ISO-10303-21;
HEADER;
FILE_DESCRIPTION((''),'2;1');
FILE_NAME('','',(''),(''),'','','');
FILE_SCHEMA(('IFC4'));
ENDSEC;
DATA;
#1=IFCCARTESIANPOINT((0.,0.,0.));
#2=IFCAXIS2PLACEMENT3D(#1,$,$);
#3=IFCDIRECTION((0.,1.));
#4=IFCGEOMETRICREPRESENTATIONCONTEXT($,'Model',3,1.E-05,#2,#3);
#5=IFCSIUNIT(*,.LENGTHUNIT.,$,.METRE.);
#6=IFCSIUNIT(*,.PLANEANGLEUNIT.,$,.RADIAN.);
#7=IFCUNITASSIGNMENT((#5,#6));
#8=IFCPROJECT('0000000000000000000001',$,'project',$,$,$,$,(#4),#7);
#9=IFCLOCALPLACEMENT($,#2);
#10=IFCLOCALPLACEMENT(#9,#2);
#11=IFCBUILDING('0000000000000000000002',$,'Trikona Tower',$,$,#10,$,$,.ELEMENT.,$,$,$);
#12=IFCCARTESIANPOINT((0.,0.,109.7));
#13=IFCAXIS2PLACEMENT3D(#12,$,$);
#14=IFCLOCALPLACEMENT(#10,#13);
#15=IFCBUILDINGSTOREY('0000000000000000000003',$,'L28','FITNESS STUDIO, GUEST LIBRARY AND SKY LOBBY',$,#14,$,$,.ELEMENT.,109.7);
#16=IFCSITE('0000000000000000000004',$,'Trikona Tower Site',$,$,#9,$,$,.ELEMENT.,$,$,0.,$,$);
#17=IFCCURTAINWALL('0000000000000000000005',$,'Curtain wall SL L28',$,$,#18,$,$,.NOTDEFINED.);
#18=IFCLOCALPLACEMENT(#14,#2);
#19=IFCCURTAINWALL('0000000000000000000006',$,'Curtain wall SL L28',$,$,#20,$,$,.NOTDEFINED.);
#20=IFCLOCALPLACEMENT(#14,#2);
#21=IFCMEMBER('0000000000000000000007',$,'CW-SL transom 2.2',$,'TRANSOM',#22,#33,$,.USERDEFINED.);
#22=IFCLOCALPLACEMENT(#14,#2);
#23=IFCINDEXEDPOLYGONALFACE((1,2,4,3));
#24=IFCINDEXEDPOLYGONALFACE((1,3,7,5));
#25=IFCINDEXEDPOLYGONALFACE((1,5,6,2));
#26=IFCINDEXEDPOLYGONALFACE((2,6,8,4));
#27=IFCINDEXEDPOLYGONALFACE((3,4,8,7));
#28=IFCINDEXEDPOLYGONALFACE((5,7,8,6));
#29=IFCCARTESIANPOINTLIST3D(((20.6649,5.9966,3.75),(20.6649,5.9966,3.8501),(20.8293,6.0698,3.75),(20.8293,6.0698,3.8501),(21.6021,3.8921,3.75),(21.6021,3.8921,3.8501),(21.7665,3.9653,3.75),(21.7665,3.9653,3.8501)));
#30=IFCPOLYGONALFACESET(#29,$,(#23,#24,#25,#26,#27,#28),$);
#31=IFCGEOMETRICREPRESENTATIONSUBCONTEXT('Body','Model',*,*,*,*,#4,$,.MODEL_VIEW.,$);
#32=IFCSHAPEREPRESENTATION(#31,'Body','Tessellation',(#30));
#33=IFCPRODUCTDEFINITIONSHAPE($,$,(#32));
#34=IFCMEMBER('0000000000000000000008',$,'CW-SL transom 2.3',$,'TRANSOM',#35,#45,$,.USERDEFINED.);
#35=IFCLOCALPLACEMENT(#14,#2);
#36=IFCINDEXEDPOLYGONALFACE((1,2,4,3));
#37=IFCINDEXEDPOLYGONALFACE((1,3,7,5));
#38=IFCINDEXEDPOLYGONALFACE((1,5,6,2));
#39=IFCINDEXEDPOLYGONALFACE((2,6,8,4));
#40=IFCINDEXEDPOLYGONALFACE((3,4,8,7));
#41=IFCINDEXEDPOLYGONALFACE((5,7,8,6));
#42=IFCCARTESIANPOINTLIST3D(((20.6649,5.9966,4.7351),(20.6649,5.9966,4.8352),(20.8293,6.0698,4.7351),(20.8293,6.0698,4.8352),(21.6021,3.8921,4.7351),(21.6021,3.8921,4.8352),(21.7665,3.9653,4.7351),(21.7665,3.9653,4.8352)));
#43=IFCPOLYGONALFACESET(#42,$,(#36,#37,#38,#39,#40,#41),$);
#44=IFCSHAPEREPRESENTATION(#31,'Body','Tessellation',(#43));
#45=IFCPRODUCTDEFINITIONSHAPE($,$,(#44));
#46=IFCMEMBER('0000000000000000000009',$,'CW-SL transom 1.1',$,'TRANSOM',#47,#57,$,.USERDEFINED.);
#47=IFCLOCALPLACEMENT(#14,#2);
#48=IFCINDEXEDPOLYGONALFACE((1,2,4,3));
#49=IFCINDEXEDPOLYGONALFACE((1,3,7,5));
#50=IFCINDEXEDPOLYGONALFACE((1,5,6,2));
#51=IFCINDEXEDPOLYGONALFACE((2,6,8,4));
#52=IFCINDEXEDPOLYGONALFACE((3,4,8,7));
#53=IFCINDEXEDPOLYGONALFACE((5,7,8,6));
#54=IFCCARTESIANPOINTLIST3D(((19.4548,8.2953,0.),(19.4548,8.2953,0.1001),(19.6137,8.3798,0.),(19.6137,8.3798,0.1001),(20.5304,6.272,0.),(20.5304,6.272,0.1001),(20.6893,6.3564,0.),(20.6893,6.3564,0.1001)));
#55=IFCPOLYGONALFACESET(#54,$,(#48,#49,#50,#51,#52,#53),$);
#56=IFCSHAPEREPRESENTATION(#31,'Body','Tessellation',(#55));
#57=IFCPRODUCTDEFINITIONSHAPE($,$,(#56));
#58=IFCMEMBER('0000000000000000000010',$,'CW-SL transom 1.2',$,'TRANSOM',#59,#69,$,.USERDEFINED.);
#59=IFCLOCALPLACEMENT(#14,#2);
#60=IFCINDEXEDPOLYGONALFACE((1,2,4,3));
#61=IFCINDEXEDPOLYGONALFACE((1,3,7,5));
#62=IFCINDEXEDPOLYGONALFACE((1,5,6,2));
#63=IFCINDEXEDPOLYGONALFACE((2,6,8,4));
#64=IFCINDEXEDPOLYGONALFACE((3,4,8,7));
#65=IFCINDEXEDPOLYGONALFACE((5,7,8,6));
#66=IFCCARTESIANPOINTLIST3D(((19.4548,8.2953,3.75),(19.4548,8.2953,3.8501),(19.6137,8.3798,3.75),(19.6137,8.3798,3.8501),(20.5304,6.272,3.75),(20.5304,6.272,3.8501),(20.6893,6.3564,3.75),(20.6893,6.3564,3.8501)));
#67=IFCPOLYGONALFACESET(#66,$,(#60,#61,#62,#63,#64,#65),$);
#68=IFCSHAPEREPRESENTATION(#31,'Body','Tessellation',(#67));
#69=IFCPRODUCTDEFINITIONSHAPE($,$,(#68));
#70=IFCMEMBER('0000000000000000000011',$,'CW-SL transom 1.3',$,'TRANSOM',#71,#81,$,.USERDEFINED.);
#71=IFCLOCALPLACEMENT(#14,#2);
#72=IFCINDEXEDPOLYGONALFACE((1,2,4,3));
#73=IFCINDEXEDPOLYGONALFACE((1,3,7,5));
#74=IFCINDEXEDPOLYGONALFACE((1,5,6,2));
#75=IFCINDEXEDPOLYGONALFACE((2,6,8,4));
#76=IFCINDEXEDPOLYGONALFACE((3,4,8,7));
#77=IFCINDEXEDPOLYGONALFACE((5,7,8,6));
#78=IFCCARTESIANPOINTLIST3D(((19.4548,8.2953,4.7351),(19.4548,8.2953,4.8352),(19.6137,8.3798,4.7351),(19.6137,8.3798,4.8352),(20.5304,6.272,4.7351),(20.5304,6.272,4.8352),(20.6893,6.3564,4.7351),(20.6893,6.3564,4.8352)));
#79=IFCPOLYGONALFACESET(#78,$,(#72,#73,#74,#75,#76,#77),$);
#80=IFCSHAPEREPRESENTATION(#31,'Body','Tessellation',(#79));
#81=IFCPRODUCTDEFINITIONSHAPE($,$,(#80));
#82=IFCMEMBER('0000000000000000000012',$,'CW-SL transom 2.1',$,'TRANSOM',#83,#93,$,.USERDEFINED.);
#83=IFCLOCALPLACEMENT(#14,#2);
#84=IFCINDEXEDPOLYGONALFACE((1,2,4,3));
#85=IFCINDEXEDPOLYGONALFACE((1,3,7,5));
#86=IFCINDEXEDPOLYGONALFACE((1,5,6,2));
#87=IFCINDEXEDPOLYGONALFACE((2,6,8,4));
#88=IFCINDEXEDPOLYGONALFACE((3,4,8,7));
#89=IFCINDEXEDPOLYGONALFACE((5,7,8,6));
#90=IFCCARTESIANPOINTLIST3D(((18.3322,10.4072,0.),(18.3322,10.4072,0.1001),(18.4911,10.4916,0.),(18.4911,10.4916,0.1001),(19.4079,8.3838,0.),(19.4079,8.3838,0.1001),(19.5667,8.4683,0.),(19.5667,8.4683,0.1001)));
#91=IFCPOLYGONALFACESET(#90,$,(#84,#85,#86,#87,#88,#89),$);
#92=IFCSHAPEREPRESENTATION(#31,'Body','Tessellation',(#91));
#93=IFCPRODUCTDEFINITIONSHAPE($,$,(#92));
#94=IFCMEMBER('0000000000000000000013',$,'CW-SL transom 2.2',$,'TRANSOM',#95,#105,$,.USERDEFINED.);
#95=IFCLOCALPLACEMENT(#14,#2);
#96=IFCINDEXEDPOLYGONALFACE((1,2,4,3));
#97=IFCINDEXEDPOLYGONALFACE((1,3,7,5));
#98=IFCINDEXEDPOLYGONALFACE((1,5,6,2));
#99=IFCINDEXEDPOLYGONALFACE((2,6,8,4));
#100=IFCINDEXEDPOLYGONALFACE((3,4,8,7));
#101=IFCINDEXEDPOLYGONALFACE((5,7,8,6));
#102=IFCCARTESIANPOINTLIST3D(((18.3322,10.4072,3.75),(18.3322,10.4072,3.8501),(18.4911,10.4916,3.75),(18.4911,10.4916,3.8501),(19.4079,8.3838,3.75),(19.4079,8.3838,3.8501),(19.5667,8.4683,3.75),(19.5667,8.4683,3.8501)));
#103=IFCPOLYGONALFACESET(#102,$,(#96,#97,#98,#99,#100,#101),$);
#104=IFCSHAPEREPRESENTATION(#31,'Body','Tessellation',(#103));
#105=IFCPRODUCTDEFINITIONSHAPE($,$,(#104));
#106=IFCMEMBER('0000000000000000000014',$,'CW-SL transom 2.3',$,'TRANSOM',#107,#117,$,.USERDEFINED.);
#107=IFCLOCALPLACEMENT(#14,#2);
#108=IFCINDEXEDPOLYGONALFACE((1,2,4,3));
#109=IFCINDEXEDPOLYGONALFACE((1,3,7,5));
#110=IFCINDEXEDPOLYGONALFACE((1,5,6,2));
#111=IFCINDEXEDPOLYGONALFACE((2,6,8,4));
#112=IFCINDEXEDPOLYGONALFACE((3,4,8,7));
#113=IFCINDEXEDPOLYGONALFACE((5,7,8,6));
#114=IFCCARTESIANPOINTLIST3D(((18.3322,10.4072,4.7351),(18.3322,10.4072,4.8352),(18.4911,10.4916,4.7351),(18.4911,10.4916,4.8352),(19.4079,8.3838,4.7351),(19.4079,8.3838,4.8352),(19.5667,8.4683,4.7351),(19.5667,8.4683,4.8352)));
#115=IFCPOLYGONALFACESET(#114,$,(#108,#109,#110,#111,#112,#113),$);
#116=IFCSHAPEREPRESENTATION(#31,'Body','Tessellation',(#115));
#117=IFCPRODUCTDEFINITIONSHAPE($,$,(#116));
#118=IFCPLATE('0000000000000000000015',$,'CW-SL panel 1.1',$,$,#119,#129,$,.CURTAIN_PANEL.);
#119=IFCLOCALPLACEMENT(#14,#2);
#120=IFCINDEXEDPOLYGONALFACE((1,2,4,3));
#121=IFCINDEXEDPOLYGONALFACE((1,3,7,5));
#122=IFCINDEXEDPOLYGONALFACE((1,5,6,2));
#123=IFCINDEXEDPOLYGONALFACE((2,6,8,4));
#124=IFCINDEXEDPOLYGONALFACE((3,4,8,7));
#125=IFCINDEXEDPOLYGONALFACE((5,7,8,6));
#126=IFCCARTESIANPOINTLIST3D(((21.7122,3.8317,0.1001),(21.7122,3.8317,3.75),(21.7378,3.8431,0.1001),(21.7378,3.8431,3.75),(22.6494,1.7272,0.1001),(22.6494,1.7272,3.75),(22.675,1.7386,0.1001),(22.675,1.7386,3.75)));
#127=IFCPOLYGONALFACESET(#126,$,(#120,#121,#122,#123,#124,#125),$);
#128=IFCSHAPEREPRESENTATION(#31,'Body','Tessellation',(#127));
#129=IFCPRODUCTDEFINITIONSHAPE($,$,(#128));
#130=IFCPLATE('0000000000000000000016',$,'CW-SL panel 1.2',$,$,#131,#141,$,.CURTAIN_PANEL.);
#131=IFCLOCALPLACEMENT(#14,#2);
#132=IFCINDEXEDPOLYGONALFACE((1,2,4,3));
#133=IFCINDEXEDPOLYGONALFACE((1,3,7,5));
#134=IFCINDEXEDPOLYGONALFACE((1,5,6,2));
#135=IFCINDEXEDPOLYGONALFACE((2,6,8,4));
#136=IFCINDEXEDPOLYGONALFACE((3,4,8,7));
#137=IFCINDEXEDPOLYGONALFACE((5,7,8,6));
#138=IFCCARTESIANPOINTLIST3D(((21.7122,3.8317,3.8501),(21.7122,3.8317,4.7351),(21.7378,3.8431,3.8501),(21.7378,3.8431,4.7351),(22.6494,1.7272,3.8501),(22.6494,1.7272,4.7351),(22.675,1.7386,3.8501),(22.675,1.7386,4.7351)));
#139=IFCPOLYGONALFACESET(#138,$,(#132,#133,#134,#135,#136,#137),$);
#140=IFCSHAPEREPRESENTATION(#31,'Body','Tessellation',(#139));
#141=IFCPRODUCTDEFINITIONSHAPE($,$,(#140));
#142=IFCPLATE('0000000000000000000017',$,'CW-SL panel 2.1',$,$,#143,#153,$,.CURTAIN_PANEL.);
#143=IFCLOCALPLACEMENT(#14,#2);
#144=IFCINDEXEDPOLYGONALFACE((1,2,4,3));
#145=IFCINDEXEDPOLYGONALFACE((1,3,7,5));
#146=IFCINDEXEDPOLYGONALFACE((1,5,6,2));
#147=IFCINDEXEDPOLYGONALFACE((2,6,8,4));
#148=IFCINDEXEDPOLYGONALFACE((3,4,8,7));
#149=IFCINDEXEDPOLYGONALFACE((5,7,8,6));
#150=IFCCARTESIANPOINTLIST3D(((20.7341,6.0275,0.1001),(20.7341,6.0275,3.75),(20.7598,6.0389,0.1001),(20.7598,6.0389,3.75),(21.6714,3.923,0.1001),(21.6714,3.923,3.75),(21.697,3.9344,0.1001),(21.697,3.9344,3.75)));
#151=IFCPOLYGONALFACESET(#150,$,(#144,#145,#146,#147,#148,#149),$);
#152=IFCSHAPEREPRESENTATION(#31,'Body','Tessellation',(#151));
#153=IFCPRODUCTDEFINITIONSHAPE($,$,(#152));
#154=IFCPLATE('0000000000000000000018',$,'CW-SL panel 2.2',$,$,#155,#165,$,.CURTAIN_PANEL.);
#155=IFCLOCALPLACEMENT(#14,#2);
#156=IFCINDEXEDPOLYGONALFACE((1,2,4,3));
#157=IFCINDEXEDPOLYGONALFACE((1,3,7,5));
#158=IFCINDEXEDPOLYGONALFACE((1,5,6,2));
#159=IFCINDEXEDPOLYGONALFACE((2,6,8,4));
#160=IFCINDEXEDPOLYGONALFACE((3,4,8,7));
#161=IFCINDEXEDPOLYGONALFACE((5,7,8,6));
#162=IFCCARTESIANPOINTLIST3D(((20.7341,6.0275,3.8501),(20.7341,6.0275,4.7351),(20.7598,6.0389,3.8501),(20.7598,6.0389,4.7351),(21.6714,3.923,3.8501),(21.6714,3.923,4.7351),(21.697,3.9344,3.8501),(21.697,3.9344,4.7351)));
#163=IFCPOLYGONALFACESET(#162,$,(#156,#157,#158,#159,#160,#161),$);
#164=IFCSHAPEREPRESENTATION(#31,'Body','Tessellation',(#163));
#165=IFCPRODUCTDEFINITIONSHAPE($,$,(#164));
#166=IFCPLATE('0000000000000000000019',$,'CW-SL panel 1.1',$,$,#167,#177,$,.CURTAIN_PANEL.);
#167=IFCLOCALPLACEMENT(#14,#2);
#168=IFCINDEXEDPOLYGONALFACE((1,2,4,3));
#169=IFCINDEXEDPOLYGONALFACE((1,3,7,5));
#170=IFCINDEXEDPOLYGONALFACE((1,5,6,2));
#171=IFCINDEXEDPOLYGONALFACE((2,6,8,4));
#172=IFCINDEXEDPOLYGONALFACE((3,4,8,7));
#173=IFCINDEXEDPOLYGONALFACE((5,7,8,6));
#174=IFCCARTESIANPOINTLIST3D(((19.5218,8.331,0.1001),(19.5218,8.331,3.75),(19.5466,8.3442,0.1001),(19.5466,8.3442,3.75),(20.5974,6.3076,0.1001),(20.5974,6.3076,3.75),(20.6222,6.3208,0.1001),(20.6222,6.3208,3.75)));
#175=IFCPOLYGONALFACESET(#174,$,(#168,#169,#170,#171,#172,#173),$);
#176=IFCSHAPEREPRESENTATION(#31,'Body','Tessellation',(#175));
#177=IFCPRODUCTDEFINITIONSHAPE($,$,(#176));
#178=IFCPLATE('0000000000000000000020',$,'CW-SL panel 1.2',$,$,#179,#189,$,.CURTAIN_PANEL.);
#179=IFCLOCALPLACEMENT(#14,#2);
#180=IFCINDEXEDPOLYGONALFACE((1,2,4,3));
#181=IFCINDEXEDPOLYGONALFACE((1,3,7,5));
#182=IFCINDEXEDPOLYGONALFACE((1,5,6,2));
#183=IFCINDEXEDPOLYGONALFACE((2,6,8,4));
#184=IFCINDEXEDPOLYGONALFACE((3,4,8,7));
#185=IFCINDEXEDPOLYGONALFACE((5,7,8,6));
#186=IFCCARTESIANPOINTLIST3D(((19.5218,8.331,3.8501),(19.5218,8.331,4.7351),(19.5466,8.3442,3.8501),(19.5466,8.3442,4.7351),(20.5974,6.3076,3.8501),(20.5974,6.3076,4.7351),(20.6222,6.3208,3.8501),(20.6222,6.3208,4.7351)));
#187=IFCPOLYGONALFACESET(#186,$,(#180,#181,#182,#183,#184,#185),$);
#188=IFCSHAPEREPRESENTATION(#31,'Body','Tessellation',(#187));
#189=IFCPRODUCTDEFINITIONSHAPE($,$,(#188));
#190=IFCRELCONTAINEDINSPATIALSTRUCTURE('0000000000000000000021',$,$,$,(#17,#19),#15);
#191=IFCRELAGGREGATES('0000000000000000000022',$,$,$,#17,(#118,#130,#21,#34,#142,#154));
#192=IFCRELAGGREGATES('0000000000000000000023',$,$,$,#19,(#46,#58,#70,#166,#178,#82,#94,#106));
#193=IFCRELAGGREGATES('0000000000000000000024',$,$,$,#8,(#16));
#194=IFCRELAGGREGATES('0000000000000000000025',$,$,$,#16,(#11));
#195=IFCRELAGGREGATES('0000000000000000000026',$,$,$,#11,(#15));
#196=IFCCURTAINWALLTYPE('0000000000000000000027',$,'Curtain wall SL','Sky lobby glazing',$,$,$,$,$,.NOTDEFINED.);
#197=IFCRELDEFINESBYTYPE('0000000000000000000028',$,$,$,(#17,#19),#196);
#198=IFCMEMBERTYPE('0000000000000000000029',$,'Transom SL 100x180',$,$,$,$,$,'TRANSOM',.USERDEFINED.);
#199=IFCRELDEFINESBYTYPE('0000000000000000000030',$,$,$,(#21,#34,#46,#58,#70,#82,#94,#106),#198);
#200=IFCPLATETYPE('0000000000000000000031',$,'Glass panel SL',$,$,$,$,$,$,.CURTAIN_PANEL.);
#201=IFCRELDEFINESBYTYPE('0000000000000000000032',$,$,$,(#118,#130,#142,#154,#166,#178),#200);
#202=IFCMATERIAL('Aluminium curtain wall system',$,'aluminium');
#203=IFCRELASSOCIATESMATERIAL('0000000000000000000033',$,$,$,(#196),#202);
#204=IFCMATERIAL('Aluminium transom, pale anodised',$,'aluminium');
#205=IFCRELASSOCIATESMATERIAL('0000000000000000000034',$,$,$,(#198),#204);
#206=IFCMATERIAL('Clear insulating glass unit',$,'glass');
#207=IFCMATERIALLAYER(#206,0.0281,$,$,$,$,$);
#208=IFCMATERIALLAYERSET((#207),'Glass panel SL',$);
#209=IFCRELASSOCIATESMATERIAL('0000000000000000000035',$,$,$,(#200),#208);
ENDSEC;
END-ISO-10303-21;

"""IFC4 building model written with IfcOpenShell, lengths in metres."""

from ifc_helpers import new_model, si_unit, direction, frame, origin, origin_2d, place, context, subcontext, project, spatial, rectangle, extrude, material, layer, layer_set, material_profile, profile_set, type_object, element, aggregate, save


model = new_model("IFC4")

# Units and contexts
model_context = context("Model", 3, precision=1e-05, world=origin(), true_north=direction((0.0, 1.0)))
body_context = subcontext(model_context, "Body", "Model", "MODEL_VIEW")
ifc_project = project(units=[si_unit("LENGTHUNIT", "METRE"), si_unit("PLANEANGLEUNIT", "RADIAN")], contexts=[model_context])

# Site, building, storey
site_placement = place(None, origin())
site = spatial("IfcSite", under=ifc_project, at=site_placement, Name="Trikona Tower Site", CompositionType="ELEMENT", RefElevation=0.0)
building_placement = place(site_placement, origin())
building = spatial("IfcBuilding", under=site, at=building_placement, Name="Trikona Tower", CompositionType="ELEMENT")
storey_placement = place(building_placement, frame((0.0, 0.0, 109.7)))
storey = spatial("IfcBuildingStorey", under=building, at=storey_placement, Name="L28", Description="FITNESS STUDIO, GUEST LIBRARY AND SKY LOBBY", CompositionType="ELEMENT", Elevation=109.7)

# Shared definitions
ifc_material_1 = material(Name="Aluminium curtain wall system", Category="aluminium")
curtain_wall_type = type_object("IfcCurtainWallType", Name="Curtain wall SL", Description="Sky lobby glazing", PredefinedType="NOTDEFINED", material=ifc_material_1)

# Curtain walls
curtain_wall_1_placement = place(storey_placement, origin())
curtain_wall_1 = element("IfcCurtainWall", 1, at=curtain_wall_1_placement, inside=storey, type_object=curtain_wall_type, Name="Curtain wall SL L28", PredefinedType="NOTDEFINED")
curtain_wall_2_placement = place(storey_placement, origin())
curtain_wall_2 = element("IfcCurtainWall", 2, at=curtain_wall_2_placement, inside=storey, type_object=curtain_wall_type, Name="Curtain wall SL L28", PredefinedType="NOTDEFINED")

# Members
ifc_material_2 = material(Name="Aluminium transom, pale anodised", Category="aluminium")
ifc_material_profile_1 = material_profile(ifc_material_2, rectangle(XDim=0.1799, YDim=0.1001, at=origin_2d()), Name="TRN-SL")
ifc_profile_set_1 = profile_set([ifc_material_profile_1], Name="Aluminium transom, pale anodised")
member_type_1 = type_object("IfcMemberType", Name="Transom SL 100x180", ElementType="TRANSOM", PredefinedType="USERDEFINED", material=ifc_profile_set_1)
member_1_placement = place(storey_placement, frame((21.6843, 3.9287, 3.8), z_axis=(-0.406836, 0.913501, 0.0), x_axis=(-0.913501, -0.406836, 0.0)))
member_1 = element("IfcMember", 3, at=member_1_placement, type_object=member_type_1, Name="CW-SL transom 2.2", ObjectType="TRANSOM", PredefinedType="USERDEFINED", context=body_context, shape_type="SweptSolid", body=[
    extrude(rectangle(XDim=0.1799, YDim=0.1001, at=origin_2d()), origin(), (0.0, 0.0, 1.0), 2.3037),
])
member_2_placement = place(storey_placement, frame((21.6843, 3.9287, 4.7852), z_axis=(-0.406836, 0.913501, 0.0), x_axis=(-0.913501, -0.406836, 0.0)))
member_2 = element("IfcMember", 4, at=member_2_placement, type_object=member_type_1, Name="CW-SL transom 2.3", ObjectType="TRANSOM", PredefinedType="USERDEFINED", context=body_context, shape_type="SweptSolid", body=[
    extrude(rectangle(XDim=0.1799, YDim=0.1001, at=origin_2d()), origin(), (0.0, 0.0, 1.0), 2.3037),
])
member_3_placement = place(storey_placement, frame((20.6099, 6.3142, 0.05), z_axis=(-0.469404, 0.882983, 0.0), x_axis=(-0.882983, -0.469404, 0.0)))
member_3 = element("IfcMember", 5, at=member_3_placement, type_object=member_type_1, Name="CW-SL transom 1.1", ObjectType="TRANSOM", PredefinedType="USERDEFINED", context=body_context, shape_type="SweptSolid", body=[
    extrude(rectangle(XDim=0.1799, YDim=0.1001, at=origin_2d()), origin(), (0.0, 0.0, 1.0), 2.2915),
])
member_4_placement = place(storey_placement, frame((20.6099, 6.3142, 3.8), z_axis=(-0.469404, 0.882983, 0.0), x_axis=(-0.882983, -0.469404, 0.0)))
member_4 = element("IfcMember", 6, at=member_4_placement, type_object=member_type_1, Name="CW-SL transom 1.2", ObjectType="TRANSOM", PredefinedType="USERDEFINED", context=body_context, shape_type="SweptSolid", body=[
    extrude(rectangle(XDim=0.1799, YDim=0.1001, at=origin_2d()), origin(), (0.0, 0.0, 1.0), 2.2915),
])
member_5_placement = place(storey_placement, frame((20.6099, 6.3142, 4.7852), z_axis=(-0.469404, 0.882983, 0.0), x_axis=(-0.882983, -0.469404, 0.0)))
member_5 = element("IfcMember", 7, at=member_5_placement, type_object=member_type_1, Name="CW-SL transom 1.3", ObjectType="TRANSOM", PredefinedType="USERDEFINED", context=body_context, shape_type="SweptSolid", body=[
    extrude(rectangle(XDim=0.1799, YDim=0.1001, at=origin_2d()), origin(), (0.0, 0.0, 1.0), 2.2915),
])
member_6_placement = place(storey_placement, frame((19.4873, 8.426, 0.05), z_axis=(-0.469404, 0.882983, 0.0), x_axis=(-0.882983, -0.469404, 0.0)))
member_6 = element("IfcMember", 8, at=member_6_placement, type_object=member_type_1, Name="CW-SL transom 2.1", ObjectType="TRANSOM", PredefinedType="USERDEFINED", context=body_context, shape_type="SweptSolid", body=[
    extrude(rectangle(XDim=0.1799, YDim=0.1001, at=origin_2d()), origin(), (0.0, 0.0, 1.0), 2.2915),
])
member_7_placement = place(storey_placement, frame((19.4873, 8.426, 3.8), z_axis=(-0.469404, 0.882983, 0.0), x_axis=(-0.882983, -0.469404, 0.0)))
member_7 = element("IfcMember", 9, at=member_7_placement, type_object=member_type_1, Name="CW-SL transom 2.2", ObjectType="TRANSOM", PredefinedType="USERDEFINED", context=body_context, shape_type="SweptSolid", body=[
    extrude(rectangle(XDim=0.1799, YDim=0.1001, at=origin_2d()), origin(), (0.0, 0.0, 1.0), 2.2915),
])
member_8_placement = place(storey_placement, frame((19.4873, 8.426, 4.7852), z_axis=(-0.469404, 0.882983, 0.0), x_axis=(-0.882983, -0.469404, 0.0)))
member_8 = element("IfcMember", 10, at=member_8_placement, type_object=member_type_1, Name="CW-SL transom 2.3", ObjectType="TRANSOM", PredefinedType="USERDEFINED", context=body_context, shape_type="SweptSolid", body=[
    extrude(rectangle(XDim=0.1799, YDim=0.1001, at=origin_2d()), origin(), (0.0, 0.0, 1.0), 2.2915),
])

# Plates
ifc_material_3 = material(Name="Clear insulating glass unit", Category="glass")
ifc_layer_1 = layer(ifc_material_3, 0.0281)
ifc_layer_set_1 = layer_set([ifc_layer_1], Name="Glass panel SL")
plate_type = type_object("IfcPlateType", Name="Glass panel SL", PredefinedType="CURTAIN_PANEL", material=ifc_layer_set_1)
plate_1_placement = place(storey_placement, frame((22.1936, 2.7852, 0.1001), z_axis=(0.0, 0.0, 1.0), x_axis=(-0.406828, 0.913505, 0.0)))
plate_1 = element("IfcPlate", 11, at=plate_1_placement, type_object=plate_type, Name="CW-SL panel 1.1", PredefinedType="CURTAIN_PANEL", context=body_context, shape_type="SweptSolid", body=[
    extrude(rectangle(XDim=2.3037, YDim=0.0281, at=origin_2d()), origin(), (0.0, 0.0, 1.0), 3.6499),
])
plate_2_placement = place(storey_placement, frame((22.1936, 2.7852, 3.8501), z_axis=(0.0, 0.0, 1.0), x_axis=(-0.406828, 0.913505, 0.0)))
plate_2 = element("IfcPlate", 12, at=plate_2_placement, type_object=plate_type, Name="CW-SL panel 1.2", PredefinedType="CURTAIN_PANEL", context=body_context, shape_type="SweptSolid", body=[
    extrude(rectangle(XDim=2.3037, YDim=0.0281, at=origin_2d()), origin(), (0.0, 0.0, 1.0), 0.885),
])
plate_3_placement = place(storey_placement, frame((21.2156, 4.981, 0.1001), z_axis=(0.0, 0.0, 1.0), x_axis=(-0.406828, 0.913505, 0.0)))
plate_3 = element("IfcPlate", 13, at=plate_3_placement, type_object=plate_type, Name="CW-SL panel 2.1", PredefinedType="CURTAIN_PANEL", context=body_context, shape_type="SweptSolid", body=[
    extrude(rectangle(XDim=2.3037, YDim=0.0281, at=origin_2d()), origin(), (0.0, 0.0, 1.0), 3.6499),
])
plate_4_placement = place(storey_placement, frame((21.2156, 4.981, 3.8501), z_axis=(0.0, 0.0, 1.0), x_axis=(-0.406828, 0.913505, 0.0)))
plate_4 = element("IfcPlate", 14, at=plate_4_placement, type_object=plate_type, Name="CW-SL panel 2.2", PredefinedType="CURTAIN_PANEL", context=body_context, shape_type="SweptSolid", body=[
    extrude(rectangle(XDim=2.3037, YDim=0.0281, at=origin_2d()), origin(), (0.0, 0.0, 1.0), 0.885),
])
aggregate(curtain_wall_1, [plate_1, plate_2, member_1, member_2, plate_3, plate_4])
plate_5_placement = place(storey_placement, frame((20.072, 7.3259, 0.1001), z_axis=(0.0, 0.0, 1.0), x_axis=(-0.46938, 0.882996, 0.0)))
plate_5 = element("IfcPlate", 15, at=plate_5_placement, type_object=plate_type, Name="CW-SL panel 1.1", PredefinedType="CURTAIN_PANEL", context=body_context, shape_type="SweptSolid", body=[
    extrude(rectangle(XDim=2.2915, YDim=0.0281, at=origin_2d()), origin(), (0.0, 0.0, 1.0), 3.6499),
])
plate_6_placement = place(storey_placement, frame((20.072, 7.3259, 3.8501), z_axis=(0.0, 0.0, 1.0), x_axis=(-0.46938, 0.882996, 0.0)))
plate_6 = element("IfcPlate", 16, at=plate_6_placement, type_object=plate_type, Name="CW-SL panel 1.2", PredefinedType="CURTAIN_PANEL", context=body_context, shape_type="SweptSolid", body=[
    extrude(rectangle(XDim=2.2915, YDim=0.0281, at=origin_2d()), origin(), (0.0, 0.0, 1.0), 0.885),
])
aggregate(curtain_wall_2, [member_3, member_4, member_5, plate_5, plate_6, member_6, member_7, member_8])

save(model, "model.ifc")
